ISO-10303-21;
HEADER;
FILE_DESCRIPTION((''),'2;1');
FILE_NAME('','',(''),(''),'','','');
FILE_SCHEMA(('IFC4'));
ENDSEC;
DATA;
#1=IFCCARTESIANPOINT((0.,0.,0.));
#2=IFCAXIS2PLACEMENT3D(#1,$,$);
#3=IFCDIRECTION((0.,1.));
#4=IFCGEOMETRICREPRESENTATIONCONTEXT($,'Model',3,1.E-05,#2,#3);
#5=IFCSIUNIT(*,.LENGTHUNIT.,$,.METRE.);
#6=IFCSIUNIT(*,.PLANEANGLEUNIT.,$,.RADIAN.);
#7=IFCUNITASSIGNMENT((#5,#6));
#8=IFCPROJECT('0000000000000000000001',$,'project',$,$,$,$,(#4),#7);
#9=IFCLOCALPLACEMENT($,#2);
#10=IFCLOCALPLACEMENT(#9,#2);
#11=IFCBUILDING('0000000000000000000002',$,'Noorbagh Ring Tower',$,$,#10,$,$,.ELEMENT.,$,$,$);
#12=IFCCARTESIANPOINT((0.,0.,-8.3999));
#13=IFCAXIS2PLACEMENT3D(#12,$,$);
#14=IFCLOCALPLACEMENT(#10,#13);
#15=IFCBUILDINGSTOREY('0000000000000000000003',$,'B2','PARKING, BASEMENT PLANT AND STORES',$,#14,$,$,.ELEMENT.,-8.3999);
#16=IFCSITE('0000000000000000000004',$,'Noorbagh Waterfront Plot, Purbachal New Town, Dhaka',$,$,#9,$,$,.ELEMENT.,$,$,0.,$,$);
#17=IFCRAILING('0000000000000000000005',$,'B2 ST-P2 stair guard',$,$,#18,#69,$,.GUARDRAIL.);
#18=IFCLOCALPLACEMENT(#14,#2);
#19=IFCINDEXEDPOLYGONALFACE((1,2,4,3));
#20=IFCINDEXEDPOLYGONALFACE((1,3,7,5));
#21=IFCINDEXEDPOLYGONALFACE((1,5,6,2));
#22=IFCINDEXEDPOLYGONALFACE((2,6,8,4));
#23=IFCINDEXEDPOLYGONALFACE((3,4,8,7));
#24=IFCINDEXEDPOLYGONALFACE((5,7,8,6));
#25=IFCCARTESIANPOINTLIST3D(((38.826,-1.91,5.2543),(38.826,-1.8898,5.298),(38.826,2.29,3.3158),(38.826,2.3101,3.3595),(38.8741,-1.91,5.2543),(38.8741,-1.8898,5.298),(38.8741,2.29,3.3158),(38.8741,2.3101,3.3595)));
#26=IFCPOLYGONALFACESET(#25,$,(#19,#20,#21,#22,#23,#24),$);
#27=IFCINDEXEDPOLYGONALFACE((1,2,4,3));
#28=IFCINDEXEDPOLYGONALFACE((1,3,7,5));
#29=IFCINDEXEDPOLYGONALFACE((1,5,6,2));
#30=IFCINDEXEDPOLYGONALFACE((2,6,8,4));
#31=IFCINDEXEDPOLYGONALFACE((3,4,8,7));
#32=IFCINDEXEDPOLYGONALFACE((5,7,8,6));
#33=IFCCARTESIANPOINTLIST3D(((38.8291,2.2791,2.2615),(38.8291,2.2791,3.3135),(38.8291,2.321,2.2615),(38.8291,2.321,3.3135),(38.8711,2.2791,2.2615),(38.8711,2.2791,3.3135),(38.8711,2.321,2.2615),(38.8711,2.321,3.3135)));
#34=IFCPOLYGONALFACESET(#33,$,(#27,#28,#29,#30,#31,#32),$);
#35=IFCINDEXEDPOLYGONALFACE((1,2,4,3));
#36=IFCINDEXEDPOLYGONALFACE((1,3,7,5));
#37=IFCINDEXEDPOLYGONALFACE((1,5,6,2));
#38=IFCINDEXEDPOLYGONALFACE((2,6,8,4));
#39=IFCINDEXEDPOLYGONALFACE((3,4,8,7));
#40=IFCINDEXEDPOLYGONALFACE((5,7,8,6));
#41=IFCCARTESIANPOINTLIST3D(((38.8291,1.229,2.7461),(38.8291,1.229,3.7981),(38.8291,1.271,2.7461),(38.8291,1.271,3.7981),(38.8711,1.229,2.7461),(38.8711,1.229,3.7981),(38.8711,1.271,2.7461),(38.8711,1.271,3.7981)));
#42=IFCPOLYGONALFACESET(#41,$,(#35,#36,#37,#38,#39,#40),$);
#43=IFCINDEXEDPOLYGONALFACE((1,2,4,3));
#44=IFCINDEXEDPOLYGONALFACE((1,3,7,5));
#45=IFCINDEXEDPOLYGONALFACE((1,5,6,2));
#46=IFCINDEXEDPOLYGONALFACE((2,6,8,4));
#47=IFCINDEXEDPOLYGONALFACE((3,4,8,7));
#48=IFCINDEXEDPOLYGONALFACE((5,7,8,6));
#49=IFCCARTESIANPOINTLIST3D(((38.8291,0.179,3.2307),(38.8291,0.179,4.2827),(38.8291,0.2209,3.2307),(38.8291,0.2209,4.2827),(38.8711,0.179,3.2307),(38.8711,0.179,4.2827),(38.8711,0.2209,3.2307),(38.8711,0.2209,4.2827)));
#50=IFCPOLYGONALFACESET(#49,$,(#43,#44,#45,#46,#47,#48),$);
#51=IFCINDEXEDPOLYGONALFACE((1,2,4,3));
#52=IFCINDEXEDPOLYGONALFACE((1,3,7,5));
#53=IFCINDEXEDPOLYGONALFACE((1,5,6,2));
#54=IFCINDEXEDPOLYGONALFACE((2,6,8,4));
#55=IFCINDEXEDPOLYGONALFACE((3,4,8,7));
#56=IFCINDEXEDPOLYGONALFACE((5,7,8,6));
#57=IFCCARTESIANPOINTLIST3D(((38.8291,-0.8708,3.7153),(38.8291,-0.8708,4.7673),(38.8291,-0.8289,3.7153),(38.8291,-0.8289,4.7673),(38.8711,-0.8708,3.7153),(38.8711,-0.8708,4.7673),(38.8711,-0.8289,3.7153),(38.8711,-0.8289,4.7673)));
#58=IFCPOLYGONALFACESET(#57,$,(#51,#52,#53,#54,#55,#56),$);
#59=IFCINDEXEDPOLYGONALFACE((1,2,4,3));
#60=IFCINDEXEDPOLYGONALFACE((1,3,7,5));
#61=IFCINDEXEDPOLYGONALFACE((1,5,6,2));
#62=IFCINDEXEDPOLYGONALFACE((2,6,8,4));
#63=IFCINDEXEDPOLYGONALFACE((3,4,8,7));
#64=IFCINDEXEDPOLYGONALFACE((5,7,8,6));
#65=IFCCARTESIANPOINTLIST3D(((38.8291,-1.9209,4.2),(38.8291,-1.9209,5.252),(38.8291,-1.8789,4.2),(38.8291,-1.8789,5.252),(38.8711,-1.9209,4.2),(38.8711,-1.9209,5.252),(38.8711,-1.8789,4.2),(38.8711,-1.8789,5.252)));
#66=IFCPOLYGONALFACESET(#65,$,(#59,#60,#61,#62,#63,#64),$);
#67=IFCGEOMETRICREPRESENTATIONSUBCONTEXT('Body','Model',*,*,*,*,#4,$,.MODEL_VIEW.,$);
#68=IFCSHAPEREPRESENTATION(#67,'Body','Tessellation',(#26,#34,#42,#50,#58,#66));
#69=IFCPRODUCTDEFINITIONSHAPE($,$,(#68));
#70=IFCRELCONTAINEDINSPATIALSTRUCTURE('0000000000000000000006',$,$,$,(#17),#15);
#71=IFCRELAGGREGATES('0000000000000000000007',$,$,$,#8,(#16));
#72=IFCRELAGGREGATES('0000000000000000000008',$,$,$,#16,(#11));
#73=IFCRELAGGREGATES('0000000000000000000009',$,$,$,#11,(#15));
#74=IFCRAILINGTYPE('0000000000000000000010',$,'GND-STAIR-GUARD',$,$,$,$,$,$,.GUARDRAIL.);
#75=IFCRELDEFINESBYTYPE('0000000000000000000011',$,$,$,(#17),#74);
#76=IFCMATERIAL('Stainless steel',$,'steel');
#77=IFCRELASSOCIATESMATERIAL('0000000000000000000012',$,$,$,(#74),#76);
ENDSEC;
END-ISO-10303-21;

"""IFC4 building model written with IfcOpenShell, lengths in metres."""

from ifc_helpers import new_model, si_unit, direction, frame, origin, origin_2d, place, context, subcontext, project, spatial, rectangle, extrude, material, type_object, element, save


model = new_model("IFC4")

# Units and contexts
model_context = context("Model", 3, precision=1e-05, world=origin(), true_north=direction((0.0, 1.0)))
body_context = subcontext(model_context, "Body", "Model", "MODEL_VIEW")
ifc_project = project(units=[si_unit("LENGTHUNIT", "METRE"), si_unit("PLANEANGLEUNIT", "RADIAN")], contexts=[model_context])

# Site, building, storey
site_placement = place(None, origin())
site = spatial("IfcSite", under=ifc_project, at=site_placement, Name="Noorbagh Waterfront Plot, Purbachal New Town, Dhaka", CompositionType="ELEMENT", RefElevation=0.0)
building_placement = place(site_placement, origin())
building = spatial("IfcBuilding", under=site, at=building_placement, Name="Noorbagh Ring Tower", CompositionType="ELEMENT")
storey_placement = place(building_placement, frame((0.0, 0.0, -8.3999)))
storey = spatial("IfcBuildingStorey", under=building, at=storey_placement, Name="B2", Description="PARKING, BASEMENT PLANT AND STORES", CompositionType="ELEMENT", Elevation=-8.3999)

# Railing
ifc_material_1 = material(Name="Stainless steel", Category="steel")
railing_type = type_object("IfcRailingType", Name="GND-STAIR-GUARD", PredefinedType="GUARDRAIL", material=ifc_material_1)
railing_1_placement = place(storey_placement, frame((38.8501, 2.3, 2.2615)))
element("IfcRailing", 1, at=railing_1_placement, inside=storey, type_object=railing_type, Name="B2 ST-P2 stair guard", PredefinedType="GUARDRAIL", context=body_context, shape_type="SweptSolid", body=[
    extrude(rectangle(XDim=0.0481, YDim=0.0481, at=origin_2d()), frame((0.0, 0.0, 1.0762), z_axis=(0.0, -0.907956, 0.419065), x_axis=(1.0, 0.0, 0.0)), (0.0, 0.0, 1.0), 4.6257),
    extrude(rectangle(XDim=0.042, YDim=0.042, at=origin_2d()), origin(), (0.0, 0.0, 1.0), 1.052),
    extrude(rectangle(XDim=0.042, YDim=0.042, at=origin_2d()), frame((0.0, -1.05, 0.4846)), (0.0, 0.0, 1.0), 1.052),
    extrude(rectangle(XDim=0.042, YDim=0.042, at=origin_2d()), frame((0.0, -2.1001, 0.9692)), (0.0, 0.0, 1.0), 1.052),
    extrude(rectangle(XDim=0.042, YDim=0.042, at=origin_2d()), frame((0.0, -3.1499, 1.4539)), (0.0, 0.0, 1.0), 1.052),
    extrude(rectangle(XDim=0.042, YDim=0.042, at=origin_2d()), frame((0.0, -4.2, 1.9385)), (0.0, 0.0, 1.0), 1.052),
])

save(model, "model.ifc")
